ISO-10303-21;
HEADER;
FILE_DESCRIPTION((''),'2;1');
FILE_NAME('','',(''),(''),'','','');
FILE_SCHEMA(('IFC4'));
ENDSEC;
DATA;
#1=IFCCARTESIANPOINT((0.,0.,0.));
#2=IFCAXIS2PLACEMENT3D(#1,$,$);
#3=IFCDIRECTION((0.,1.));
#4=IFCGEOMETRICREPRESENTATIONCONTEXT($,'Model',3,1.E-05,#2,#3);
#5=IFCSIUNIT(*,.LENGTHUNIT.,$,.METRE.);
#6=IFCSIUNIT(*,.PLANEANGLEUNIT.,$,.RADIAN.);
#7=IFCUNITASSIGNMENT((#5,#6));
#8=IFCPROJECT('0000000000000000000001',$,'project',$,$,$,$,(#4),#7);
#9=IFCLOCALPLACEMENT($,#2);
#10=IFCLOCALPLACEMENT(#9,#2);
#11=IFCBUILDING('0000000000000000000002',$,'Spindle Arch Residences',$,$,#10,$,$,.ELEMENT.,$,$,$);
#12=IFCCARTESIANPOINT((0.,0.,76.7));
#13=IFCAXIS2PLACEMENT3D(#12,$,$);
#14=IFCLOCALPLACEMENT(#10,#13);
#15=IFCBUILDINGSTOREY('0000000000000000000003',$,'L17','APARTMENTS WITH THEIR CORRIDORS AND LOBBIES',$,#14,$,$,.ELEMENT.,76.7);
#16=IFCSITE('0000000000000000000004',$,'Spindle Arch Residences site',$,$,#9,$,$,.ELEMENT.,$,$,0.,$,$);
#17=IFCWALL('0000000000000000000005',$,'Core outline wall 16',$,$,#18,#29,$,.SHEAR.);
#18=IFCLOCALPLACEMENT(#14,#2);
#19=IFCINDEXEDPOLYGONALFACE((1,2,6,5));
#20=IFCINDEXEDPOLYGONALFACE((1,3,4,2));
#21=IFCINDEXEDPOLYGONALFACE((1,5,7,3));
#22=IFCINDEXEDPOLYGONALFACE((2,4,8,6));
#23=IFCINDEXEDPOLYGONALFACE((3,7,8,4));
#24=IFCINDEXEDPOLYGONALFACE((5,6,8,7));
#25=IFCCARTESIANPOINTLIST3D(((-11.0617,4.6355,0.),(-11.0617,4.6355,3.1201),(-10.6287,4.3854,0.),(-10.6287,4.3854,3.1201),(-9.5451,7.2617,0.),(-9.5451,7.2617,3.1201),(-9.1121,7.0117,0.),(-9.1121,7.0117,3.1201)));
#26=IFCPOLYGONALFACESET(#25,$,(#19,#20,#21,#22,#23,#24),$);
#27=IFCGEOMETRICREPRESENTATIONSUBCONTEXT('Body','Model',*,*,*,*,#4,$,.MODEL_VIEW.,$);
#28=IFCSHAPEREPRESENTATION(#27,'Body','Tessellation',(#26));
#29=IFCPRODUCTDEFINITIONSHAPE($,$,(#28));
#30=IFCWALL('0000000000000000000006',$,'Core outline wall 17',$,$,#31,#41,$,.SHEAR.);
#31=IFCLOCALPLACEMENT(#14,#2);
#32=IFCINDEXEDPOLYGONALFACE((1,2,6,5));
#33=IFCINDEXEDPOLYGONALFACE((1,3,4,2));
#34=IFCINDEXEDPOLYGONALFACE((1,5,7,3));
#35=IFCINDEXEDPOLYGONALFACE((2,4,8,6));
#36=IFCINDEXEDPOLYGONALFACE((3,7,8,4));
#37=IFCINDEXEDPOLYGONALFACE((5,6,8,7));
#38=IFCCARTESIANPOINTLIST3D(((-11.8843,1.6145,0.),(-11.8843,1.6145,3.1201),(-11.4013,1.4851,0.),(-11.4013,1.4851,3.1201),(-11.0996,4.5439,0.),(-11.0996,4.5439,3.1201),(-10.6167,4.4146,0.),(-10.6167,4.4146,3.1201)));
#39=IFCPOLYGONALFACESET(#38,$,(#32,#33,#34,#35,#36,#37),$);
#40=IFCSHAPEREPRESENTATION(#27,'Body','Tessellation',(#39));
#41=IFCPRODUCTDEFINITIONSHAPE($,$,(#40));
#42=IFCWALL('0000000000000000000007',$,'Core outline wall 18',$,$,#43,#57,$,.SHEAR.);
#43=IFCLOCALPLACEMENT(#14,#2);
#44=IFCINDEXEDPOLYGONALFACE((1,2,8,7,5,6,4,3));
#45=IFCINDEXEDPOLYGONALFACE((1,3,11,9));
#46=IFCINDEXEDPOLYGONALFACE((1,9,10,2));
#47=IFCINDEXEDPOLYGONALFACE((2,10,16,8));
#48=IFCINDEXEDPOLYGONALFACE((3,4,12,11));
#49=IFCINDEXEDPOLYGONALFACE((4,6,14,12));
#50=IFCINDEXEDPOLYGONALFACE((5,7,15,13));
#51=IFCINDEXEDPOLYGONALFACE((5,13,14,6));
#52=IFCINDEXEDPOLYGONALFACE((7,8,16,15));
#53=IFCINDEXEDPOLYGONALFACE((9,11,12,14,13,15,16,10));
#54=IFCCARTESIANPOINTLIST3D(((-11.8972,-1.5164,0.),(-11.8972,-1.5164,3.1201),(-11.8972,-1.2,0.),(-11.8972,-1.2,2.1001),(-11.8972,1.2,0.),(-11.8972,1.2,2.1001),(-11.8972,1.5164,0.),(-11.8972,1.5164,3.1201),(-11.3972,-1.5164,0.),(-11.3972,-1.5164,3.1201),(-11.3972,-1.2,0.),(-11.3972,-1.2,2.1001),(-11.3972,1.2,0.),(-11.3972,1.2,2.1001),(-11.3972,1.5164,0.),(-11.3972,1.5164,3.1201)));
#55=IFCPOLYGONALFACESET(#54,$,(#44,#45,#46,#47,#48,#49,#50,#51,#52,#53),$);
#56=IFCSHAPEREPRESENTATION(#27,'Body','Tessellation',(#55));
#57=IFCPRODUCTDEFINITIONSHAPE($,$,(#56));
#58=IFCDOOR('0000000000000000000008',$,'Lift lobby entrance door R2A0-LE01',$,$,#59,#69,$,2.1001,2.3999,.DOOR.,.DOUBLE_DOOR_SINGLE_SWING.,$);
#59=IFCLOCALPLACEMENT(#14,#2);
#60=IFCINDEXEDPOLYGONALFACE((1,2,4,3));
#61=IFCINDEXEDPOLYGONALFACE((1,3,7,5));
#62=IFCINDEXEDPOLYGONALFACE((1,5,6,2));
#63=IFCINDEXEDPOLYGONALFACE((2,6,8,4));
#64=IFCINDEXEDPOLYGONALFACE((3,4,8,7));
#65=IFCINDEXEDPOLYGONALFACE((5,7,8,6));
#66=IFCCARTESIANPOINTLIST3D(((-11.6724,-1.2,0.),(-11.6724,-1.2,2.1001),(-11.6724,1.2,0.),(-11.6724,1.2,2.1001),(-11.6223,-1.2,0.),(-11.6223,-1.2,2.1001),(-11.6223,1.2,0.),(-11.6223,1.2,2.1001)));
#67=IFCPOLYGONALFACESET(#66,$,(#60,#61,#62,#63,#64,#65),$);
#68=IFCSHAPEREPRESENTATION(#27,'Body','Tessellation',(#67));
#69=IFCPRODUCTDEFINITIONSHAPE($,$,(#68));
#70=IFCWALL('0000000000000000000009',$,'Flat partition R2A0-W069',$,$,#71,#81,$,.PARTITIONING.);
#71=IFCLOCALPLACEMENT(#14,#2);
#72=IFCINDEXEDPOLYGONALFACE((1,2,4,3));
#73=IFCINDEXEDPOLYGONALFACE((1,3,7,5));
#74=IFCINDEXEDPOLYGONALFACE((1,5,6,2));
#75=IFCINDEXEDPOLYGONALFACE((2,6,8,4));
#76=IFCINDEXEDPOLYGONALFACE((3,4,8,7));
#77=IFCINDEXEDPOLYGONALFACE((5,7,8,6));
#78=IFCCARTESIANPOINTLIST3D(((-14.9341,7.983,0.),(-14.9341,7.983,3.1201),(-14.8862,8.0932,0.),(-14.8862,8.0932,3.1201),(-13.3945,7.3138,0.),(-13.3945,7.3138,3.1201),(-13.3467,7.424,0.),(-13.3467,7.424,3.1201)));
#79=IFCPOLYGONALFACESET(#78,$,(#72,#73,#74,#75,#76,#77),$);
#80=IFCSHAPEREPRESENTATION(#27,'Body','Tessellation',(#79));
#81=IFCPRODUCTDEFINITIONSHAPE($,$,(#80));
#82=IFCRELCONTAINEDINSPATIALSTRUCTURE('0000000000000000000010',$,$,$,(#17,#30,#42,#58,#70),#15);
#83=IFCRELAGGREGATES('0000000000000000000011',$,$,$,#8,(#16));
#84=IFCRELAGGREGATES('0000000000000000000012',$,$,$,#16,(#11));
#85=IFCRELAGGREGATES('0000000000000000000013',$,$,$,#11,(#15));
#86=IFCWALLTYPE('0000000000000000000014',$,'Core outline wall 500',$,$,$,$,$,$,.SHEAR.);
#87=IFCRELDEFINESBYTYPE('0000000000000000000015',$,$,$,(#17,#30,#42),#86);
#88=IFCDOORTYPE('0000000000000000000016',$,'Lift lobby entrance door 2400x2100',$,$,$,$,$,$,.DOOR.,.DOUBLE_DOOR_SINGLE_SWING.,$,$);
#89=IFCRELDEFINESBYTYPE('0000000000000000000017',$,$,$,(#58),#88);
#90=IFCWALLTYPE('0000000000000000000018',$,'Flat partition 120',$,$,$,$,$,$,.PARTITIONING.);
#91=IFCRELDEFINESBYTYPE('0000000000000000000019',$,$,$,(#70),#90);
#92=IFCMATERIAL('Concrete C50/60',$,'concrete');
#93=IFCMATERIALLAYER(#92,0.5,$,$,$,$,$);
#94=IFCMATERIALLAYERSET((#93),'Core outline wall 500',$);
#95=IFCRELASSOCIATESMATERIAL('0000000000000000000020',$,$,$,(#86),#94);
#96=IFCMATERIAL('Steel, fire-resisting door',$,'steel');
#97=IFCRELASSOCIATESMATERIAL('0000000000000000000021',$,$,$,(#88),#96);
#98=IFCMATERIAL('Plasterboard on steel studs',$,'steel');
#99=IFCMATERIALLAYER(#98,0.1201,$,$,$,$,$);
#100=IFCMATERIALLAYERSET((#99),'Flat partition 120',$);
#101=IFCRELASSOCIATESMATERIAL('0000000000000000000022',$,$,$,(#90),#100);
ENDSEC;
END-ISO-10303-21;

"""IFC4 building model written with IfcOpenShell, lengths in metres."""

from ifc_helpers import new_model, si_unit, direction, frame, frame_2d, origin, place, context, subcontext, project, spatial, rectangle, extrude, material, layer, layer_set, type_object, element, fill, save


model = new_model("IFC4")

# Units and contexts
model_context = context("Model", 3, precision=1e-05, world=origin(), true_north=direction((0.0, 1.0)))
body_context = subcontext(model_context, "Body", "Model", "MODEL_VIEW")
ifc_project = project(units=[si_unit("LENGTHUNIT", "METRE"), si_unit("PLANEANGLEUNIT", "RADIAN")], contexts=[model_context])

# Site, building, storey
site_placement = place(None, origin())
site = spatial("IfcSite", under=ifc_project, at=site_placement, Name="Spindle Arch Residences site", CompositionType="ELEMENT", RefElevation=0.0)
building_placement = place(site_placement, origin())
building = spatial("IfcBuilding", under=site, at=building_placement, Name="Spindle Arch Residences", CompositionType="ELEMENT")
storey_placement = place(building_placement, frame((0.0, 0.0, 76.7)))
storey = spatial("IfcBuildingStorey", under=building, at=storey_placement, Name="L17", Description="APARTMENTS WITH THEIR CORRIDORS AND LOBBIES", CompositionType="ELEMENT", Elevation=76.7)

# Walls
ifc_material_1 = material(Name="Concrete C50/60", Category="concrete")
ifc_layer_1 = layer(ifc_material_1, 0.5)
ifc_layer_set_1 = layer_set([ifc_layer_1], Name="Core outline wall 500")
wall_type_1 = type_object("IfcWallType", Name="Core outline wall 500", PredefinedType="SHEAR", material=ifc_layer_set_1)
for number, where, z_axis, x_axis, name in (
    (1, (-9.3286, 7.1367, 0.0), (0.0, 0.0, 1.0), (-0.500087, -0.865975, 0.0), "Core outline wall 16"),
    (2, (-10.8582, 4.4792, 0.0), (0.0, 0.0, 1.0), (-0.258735, -0.965948, 0.0), "Core outline wall 17"),
):
    element("IfcWall", number, at=place(storey_placement, frame(where, z_axis=z_axis, x_axis=x_axis)), inside=storey, type_object=wall_type_1, Name=name, PredefinedType="SHEAR", context=body_context, shape_type="SweptSolid", body=[
        extrude(rectangle(XDim=3.0327, YDim=0.5, at=frame_2d((1.5164, 0.0))), origin(), (0.0, 0.0, 1.0), 3.1201),
    ])

# Wall, opening, door
wall_1_placement = place(storey_placement, frame((-11.6472, 1.5164, 0.0), z_axis=(0.0, 0.0, 1.0), x_axis=(0.0, -1.0, 0.0)))
wall_1 = element("IfcWall", 3, at=wall_1_placement, inside=storey, type_object=wall_type_1, Name="Core outline wall 18", PredefinedType="SHEAR", context=body_context, shape_type="SweptSolid", body=[
    extrude(rectangle(XDim=3.0327, YDim=0.5, at=frame_2d((1.5164, 0.0))), origin(), (0.0, 0.0, 1.0), 3.1201),
])
opening_1_placement = place(wall_1_placement, frame((0.3164, 0.0, 0.0)))
opening_1 = element("IfcOpeningElement", 4, at=opening_1_placement, cuts=wall_1, PredefinedType="OPENING", context=body_context, shape_type="SweptSolid", body=[
    extrude(rectangle(XDim=2.3999, YDim=2.1001, at=frame_2d((1.2, 1.05))), frame((0.0, 0.26, 0.0), z_axis=(0.0, -1.0, 0.0), x_axis=(1.0, 0.0, 0.0)), (0.0, 0.0, 1.0), 0.52),
])
ifc_material_2 = material(Name="Steel, fire-resisting door", Category="steel")
door_type_1 = type_object("IfcDoorType", Name="Lift lobby entrance door 2400x2100", OperationType="DOUBLE_DOOR_SINGLE_SWING", PredefinedType="DOOR", material=ifc_material_2)
door_1_placement = place(opening_1_placement, origin())
door_1 = element("IfcDoor", 5, at=door_1_placement, inside=storey, type_object=door_type_1, Name="Lift lobby entrance door R2A0-LE01", OperationType="DOUBLE_DOOR_SINGLE_SWING", OverallHeight=2.1001, OverallWidth=2.3999, PredefinedType="DOOR", context=body_context, shape_type="SweptSolid", body=[
    extrude(rectangle(XDim=2.3999, YDim=2.1001, at=frame_2d((1.2, 1.05))), frame((0.0, 0.0249, 0.0), z_axis=(0.0, -1.0, 0.0), x_axis=(1.0, 0.0, 0.0)), (0.0, 0.0, 1.0), 0.05),
])
fill(opening_1, door_1)

# Wall
ifc_material_3 = material(Name="Plasterboard on steel studs", Category="steel")
ifc_layer_2 = layer(ifc_material_3, 0.1201)
ifc_layer_set_2 = layer_set([ifc_layer_2], Name="Flat partition 120")
wall_type_2 = type_object("IfcWallType", Name="Flat partition 120", PredefinedType="PARTITIONING", material=ifc_layer_set_2)
wall_2_placement = place(storey_placement, frame((-13.3706, 7.3689, 0.0), z_axis=(0.0, 0.0, 1.0), x_axis=(-0.917109, 0.398636, 0.0)))
element("IfcWall", 6, at=wall_2_placement, inside=storey, type_object=wall_type_2, Name="Flat partition R2A0-W069", PredefinedType="PARTITIONING", context=body_context, shape_type="SweptSolid", body=[
    extrude(rectangle(XDim=1.6787, YDim=0.1201, at=frame_2d((0.8394, 0.0))), origin(), (0.0, 0.0, 1.0), 3.1201),
])

save(model, "model.ifc")
